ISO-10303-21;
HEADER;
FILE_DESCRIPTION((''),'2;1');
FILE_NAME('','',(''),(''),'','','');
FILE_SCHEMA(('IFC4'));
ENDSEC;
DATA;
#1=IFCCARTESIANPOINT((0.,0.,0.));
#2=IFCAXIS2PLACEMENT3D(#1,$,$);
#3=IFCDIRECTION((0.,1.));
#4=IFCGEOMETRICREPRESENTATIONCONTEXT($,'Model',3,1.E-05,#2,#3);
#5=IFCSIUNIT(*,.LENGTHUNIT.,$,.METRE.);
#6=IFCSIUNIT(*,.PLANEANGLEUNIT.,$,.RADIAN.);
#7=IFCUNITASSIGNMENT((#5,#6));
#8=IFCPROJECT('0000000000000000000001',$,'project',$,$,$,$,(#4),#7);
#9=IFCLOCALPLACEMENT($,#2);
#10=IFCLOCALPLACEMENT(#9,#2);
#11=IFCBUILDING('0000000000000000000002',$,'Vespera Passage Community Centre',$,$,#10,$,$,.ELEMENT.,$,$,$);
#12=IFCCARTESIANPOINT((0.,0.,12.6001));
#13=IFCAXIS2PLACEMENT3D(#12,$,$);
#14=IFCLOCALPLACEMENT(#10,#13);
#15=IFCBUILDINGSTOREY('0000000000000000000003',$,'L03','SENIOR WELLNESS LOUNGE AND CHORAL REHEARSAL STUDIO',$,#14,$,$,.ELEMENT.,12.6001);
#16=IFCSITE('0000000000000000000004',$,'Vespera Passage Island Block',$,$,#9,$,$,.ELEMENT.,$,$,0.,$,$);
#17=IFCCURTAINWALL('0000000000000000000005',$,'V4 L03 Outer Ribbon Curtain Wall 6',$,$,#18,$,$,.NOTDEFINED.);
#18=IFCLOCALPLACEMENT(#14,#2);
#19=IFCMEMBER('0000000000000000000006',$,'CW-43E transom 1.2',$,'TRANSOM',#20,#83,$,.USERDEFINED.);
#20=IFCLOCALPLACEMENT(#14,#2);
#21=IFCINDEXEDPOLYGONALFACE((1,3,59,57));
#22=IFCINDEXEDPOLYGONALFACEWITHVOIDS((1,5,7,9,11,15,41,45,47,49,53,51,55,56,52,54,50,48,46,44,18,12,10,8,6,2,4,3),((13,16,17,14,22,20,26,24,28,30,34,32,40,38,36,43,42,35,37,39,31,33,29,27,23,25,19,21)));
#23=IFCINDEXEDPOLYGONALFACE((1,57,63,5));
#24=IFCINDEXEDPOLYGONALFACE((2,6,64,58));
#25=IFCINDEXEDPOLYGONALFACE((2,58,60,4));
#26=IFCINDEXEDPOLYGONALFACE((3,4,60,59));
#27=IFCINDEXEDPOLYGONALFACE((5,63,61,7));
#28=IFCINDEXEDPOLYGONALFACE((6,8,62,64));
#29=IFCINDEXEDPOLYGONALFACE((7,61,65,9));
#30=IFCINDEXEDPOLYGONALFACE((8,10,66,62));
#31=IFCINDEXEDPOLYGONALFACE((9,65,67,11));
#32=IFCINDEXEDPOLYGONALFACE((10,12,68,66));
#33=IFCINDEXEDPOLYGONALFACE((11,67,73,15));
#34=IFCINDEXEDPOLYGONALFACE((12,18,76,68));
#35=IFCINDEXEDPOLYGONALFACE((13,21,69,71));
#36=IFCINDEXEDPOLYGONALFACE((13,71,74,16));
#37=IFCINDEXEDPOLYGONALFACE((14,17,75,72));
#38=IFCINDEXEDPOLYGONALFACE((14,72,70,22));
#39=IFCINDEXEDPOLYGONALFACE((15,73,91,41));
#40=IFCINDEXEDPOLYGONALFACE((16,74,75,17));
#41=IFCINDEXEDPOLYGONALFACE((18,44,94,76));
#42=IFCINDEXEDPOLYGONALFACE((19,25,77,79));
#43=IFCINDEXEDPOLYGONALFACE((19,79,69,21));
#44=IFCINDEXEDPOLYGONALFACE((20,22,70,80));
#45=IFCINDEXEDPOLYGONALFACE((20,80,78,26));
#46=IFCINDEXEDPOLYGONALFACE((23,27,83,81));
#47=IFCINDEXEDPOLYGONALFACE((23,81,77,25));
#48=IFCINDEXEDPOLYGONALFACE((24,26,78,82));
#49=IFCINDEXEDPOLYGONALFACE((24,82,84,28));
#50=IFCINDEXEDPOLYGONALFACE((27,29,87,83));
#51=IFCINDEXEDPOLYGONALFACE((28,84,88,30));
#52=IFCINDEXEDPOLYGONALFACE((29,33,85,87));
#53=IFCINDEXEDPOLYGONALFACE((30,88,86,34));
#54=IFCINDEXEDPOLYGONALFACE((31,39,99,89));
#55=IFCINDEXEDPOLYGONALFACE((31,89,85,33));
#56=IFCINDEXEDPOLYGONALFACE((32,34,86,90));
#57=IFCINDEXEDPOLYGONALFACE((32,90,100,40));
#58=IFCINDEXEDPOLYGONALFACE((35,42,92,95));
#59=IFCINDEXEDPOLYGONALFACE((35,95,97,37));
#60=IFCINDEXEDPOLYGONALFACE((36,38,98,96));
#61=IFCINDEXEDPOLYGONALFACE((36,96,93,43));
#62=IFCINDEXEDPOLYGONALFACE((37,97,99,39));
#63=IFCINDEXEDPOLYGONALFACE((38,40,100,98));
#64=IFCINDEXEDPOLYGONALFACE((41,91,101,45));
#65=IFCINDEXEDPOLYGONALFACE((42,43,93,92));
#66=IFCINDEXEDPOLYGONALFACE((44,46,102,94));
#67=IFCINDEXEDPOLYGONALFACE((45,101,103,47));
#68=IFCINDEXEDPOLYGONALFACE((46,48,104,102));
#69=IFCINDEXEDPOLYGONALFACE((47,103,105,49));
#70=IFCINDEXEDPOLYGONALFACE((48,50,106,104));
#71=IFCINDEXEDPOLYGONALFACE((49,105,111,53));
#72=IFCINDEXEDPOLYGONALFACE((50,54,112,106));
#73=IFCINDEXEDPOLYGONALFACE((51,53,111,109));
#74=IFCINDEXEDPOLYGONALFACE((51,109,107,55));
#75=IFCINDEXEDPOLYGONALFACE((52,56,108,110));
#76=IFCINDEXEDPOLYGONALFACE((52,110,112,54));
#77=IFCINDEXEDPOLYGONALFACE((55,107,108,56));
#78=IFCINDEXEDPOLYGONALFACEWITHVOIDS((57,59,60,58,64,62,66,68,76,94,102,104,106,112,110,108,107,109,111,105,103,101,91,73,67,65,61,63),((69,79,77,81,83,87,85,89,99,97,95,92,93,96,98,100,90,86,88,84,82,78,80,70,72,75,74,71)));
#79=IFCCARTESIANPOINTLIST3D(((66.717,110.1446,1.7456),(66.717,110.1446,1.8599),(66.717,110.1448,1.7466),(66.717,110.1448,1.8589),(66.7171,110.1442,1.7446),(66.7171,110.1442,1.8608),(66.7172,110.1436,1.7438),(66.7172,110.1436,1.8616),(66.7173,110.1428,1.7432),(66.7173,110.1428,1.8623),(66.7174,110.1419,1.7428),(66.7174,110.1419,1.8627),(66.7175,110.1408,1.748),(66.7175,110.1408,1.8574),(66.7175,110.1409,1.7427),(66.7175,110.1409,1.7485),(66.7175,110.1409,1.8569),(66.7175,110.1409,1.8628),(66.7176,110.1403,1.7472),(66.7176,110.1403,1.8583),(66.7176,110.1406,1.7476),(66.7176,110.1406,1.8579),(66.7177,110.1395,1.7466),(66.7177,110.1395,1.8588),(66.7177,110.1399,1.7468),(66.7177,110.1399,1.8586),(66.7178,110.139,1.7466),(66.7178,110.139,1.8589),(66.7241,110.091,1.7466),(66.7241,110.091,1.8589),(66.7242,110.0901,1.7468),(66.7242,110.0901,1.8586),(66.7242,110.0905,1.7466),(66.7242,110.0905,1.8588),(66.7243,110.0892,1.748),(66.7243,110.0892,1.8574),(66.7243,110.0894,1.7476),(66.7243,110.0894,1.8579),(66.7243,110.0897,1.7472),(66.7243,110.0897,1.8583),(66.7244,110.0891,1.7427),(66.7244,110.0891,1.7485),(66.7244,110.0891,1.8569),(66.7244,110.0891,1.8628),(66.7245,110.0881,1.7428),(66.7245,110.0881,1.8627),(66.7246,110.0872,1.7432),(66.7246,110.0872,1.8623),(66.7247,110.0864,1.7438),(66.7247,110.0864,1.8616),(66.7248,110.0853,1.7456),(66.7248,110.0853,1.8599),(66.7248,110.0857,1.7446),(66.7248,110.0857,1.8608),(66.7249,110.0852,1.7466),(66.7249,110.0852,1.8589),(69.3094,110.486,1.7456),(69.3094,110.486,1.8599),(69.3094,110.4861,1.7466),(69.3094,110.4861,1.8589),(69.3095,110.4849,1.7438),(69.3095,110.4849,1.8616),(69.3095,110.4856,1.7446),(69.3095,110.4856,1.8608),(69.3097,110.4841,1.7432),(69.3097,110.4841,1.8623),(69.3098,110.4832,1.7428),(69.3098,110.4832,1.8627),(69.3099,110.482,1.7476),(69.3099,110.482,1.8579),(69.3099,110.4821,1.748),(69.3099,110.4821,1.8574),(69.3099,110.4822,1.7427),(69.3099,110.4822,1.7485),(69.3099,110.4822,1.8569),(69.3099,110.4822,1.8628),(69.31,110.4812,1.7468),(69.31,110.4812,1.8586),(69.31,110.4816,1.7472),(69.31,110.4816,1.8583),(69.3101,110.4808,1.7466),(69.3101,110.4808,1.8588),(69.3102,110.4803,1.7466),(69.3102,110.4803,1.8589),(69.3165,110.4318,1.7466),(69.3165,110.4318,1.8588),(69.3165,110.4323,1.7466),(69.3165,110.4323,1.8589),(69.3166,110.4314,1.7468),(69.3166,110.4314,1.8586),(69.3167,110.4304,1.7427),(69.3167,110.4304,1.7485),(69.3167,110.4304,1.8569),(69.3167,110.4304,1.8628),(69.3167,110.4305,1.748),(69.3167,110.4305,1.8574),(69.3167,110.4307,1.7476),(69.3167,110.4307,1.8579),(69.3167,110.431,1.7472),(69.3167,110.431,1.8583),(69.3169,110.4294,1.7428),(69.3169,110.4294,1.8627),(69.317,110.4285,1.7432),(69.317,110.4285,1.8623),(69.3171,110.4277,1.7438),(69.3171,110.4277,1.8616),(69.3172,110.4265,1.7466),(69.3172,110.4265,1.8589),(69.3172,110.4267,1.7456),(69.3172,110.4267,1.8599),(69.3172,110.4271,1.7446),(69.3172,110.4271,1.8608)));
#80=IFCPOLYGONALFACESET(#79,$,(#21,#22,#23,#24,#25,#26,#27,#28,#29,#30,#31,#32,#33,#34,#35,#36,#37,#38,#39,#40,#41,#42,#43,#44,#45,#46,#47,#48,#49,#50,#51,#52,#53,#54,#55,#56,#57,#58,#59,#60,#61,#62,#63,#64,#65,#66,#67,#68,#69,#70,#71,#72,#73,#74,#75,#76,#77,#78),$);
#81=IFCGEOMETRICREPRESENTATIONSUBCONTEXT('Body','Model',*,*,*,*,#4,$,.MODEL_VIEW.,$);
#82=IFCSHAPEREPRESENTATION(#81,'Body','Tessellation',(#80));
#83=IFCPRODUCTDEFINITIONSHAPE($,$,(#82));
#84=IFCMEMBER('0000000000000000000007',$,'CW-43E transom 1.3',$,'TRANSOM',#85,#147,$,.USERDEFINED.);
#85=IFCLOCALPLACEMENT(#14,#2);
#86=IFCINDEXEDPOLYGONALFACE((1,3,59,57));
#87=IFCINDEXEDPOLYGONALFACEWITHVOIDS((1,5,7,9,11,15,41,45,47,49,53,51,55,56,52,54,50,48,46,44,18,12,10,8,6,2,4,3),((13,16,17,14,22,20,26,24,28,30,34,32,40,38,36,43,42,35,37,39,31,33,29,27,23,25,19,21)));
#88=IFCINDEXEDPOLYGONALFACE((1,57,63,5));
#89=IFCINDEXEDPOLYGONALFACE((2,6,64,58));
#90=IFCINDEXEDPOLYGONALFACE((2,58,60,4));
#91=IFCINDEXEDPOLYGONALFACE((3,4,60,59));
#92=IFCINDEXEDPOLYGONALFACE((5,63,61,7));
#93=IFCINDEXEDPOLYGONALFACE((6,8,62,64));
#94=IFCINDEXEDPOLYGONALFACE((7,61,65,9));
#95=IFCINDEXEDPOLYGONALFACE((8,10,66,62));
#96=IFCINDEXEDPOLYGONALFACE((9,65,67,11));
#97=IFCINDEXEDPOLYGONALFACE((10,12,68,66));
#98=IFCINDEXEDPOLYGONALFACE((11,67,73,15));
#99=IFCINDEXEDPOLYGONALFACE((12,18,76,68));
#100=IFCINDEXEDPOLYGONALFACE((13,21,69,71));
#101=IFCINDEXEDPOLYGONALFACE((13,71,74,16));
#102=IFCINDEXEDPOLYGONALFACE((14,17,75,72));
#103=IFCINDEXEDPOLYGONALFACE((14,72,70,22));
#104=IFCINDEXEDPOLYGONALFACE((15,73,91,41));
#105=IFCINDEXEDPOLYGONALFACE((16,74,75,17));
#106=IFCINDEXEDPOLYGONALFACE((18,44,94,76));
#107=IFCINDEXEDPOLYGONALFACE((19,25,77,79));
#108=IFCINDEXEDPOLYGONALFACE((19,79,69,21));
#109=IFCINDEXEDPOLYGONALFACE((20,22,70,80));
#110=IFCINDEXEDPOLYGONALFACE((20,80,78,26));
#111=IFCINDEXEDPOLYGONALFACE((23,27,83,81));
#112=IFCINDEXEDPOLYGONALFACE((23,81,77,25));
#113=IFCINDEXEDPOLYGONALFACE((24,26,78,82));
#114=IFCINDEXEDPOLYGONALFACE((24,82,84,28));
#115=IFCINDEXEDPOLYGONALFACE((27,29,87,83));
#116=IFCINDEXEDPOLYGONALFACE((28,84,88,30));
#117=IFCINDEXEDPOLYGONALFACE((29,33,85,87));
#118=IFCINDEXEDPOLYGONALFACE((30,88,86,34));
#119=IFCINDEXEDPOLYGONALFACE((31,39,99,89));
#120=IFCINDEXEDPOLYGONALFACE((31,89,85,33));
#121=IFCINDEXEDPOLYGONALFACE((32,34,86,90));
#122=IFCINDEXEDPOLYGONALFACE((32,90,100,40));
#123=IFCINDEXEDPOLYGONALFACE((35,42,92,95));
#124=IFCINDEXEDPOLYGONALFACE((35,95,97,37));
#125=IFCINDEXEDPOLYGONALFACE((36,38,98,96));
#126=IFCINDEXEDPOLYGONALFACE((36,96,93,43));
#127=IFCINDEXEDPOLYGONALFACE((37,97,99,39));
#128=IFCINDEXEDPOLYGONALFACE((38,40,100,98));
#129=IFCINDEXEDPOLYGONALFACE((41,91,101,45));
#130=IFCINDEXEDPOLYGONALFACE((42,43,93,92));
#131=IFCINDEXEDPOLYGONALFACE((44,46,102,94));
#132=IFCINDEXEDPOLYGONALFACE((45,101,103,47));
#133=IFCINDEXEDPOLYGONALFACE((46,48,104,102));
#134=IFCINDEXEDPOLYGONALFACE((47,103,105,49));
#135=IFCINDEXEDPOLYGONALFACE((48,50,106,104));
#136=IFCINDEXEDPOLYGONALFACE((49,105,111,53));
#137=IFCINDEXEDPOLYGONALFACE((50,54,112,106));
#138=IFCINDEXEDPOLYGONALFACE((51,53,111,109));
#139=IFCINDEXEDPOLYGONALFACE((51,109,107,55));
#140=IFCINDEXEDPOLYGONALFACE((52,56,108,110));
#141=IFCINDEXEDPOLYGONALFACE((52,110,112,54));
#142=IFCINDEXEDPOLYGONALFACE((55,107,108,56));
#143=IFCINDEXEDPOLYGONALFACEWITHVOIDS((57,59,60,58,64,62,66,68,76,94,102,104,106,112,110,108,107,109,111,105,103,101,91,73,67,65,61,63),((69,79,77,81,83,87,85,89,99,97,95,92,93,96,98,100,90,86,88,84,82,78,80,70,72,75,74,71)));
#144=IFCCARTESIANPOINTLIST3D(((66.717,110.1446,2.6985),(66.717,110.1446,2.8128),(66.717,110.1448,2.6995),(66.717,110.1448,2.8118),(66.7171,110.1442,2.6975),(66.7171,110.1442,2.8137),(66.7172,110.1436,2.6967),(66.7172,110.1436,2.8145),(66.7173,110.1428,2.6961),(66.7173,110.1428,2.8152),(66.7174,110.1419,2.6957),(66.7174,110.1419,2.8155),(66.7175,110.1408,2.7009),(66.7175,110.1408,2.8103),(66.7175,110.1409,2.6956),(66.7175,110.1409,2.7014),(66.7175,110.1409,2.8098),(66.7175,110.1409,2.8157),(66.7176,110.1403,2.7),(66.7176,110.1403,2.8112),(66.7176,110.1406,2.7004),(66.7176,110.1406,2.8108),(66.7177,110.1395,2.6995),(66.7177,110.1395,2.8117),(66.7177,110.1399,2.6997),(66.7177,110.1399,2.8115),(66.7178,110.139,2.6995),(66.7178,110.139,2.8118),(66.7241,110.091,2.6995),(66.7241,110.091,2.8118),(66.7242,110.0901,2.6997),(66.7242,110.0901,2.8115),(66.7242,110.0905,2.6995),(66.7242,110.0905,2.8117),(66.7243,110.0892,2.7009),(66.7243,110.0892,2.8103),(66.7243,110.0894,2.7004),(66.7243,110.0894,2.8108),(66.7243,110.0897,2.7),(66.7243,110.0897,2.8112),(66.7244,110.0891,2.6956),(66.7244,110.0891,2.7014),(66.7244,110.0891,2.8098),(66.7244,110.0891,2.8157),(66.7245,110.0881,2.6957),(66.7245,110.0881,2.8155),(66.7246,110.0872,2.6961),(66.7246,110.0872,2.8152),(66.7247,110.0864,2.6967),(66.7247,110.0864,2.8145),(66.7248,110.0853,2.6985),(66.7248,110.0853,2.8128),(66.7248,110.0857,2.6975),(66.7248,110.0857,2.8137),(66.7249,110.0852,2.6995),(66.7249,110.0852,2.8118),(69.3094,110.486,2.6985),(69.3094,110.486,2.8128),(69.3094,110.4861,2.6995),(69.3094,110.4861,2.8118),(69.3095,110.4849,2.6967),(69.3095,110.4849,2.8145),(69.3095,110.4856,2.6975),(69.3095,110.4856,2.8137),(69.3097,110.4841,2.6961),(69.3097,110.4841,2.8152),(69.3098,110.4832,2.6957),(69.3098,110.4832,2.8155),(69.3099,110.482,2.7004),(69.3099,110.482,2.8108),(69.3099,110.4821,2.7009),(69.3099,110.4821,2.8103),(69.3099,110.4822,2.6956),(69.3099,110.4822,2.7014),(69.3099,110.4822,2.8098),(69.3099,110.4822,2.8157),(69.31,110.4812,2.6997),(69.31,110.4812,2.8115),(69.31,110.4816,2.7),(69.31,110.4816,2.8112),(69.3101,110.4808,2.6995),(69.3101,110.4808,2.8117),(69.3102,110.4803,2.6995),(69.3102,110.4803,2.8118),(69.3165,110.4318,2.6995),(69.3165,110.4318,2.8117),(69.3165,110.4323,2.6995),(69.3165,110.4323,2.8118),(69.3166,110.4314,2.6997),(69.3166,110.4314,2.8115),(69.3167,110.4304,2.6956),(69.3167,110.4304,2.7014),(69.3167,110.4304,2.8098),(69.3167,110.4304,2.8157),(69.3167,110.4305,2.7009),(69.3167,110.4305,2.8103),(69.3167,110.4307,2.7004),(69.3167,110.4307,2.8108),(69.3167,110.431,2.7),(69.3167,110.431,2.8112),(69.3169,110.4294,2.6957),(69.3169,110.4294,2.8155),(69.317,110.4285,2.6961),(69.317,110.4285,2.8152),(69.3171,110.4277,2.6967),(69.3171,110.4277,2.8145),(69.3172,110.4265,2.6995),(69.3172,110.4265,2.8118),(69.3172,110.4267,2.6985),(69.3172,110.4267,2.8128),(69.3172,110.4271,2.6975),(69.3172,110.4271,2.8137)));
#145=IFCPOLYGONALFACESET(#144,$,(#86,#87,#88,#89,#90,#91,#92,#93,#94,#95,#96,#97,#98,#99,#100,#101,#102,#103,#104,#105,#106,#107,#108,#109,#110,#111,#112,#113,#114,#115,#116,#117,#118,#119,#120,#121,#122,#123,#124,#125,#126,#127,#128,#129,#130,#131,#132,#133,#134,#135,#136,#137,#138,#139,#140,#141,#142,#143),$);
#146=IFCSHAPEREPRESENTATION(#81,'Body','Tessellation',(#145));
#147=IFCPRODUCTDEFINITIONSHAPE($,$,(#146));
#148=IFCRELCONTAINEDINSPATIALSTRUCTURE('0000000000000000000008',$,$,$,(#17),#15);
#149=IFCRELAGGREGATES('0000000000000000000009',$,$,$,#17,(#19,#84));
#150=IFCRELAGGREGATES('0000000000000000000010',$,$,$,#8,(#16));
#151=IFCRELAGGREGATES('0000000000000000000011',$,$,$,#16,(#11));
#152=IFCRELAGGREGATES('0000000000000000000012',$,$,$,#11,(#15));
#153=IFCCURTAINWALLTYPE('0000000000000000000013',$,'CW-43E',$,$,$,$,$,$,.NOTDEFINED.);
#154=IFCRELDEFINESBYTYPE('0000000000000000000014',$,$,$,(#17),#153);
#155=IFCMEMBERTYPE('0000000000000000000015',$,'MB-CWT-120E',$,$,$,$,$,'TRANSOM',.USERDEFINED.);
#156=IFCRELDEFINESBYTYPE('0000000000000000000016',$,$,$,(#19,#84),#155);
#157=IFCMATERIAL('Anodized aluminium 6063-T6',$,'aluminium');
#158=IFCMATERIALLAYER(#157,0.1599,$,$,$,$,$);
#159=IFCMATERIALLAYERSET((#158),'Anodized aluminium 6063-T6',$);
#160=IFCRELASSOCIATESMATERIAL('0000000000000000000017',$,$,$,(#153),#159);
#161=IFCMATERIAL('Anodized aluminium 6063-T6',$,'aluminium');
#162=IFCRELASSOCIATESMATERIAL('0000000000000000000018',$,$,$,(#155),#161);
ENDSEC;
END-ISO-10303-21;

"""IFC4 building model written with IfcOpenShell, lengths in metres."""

from ifc_helpers import new_model, si_unit, direction, frame, origin, origin_2d, place, context, subcontext, project, spatial, hollow_rectangle, extrude, material, layer, layer_set, material_profile, profile_set, type_object, element, aggregate, save


model = new_model("IFC4")

# Units and contexts
model_context = context("Model", 3, precision=1e-05, world=origin(), true_north=direction((0.0, 1.0)))
body_context = subcontext(model_context, "Body", "Model", "MODEL_VIEW")
ifc_project = project(units=[si_unit("LENGTHUNIT", "METRE"), si_unit("PLANEANGLEUNIT", "RADIAN")], contexts=[model_context])

# Site, building, storey
site_placement = place(None, origin())
site = spatial("IfcSite", under=ifc_project, at=site_placement, Name="Vespera Passage Island Block", CompositionType="ELEMENT", RefElevation=0.0)
building_placement = place(site_placement, origin())
building = spatial("IfcBuilding", under=site, at=building_placement, Name="Vespera Passage Community Centre", CompositionType="ELEMENT")
storey_placement = place(building_placement, frame((0.0, 0.0, 12.6001)))
storey = spatial("IfcBuildingStorey", under=building, at=storey_placement, Name="L03", Description="SENIOR WELLNESS LOUNGE AND CHORAL REHEARSAL STUDIO", CompositionType="ELEMENT", Elevation=12.6001)

# Curtain wall
ifc_material_1 = material(Name="Anodized aluminium 6063-T6", Category="aluminium")
ifc_layer_1 = layer(ifc_material_1, 0.1599)
ifc_layer_set_1 = layer_set([ifc_layer_1], Name="Anodized aluminium 6063-T6")
curtain_wall_type_1 = type_object("IfcCurtainWallType", Name="CW-43E", PredefinedType="NOTDEFINED", material=ifc_layer_set_1)
curtain_wall_1_placement = place(storey_placement, origin())
curtain_wall_1 = element("IfcCurtainWall", 1, at=curtain_wall_1_placement, inside=storey, type_object=curtain_wall_type_1, Name="V4 L03 Outer Ribbon Curtain Wall 6", PredefinedType="NOTDEFINED")

# Members
ifc_material_2 = material(Name="Anodized aluminium 6063-T6", Category="aluminium")
ifc_material_profile_1 = material_profile(ifc_material_2, hollow_rectangle(XDim=0.0601, YDim=0.1201, WallThickness=0.0039, InnerFilletRadius=0.002, OuterFilletRadius=0.0039, at=origin_2d()), Name="ALU120X60X4")
ifc_profile_set_1 = profile_set([ifc_material_profile_1], Name="Anodized aluminium 6063-T6")
member_type_1 = type_object("IfcMemberType", Name="MB-CWT-120E", ElementType="TRANSOM", PredefinedType="USERDEFINED", material=ifc_profile_set_1)
member_1_placement = place(storey_placement, frame((66.7209, 110.115, 1.8027), z_axis=(0.991443, 0.130537, 0.0), x_axis=(-0.130537, 0.991443, 0.0)))
member_1 = element("IfcMember", 2, at=member_1_placement, type_object=member_type_1, Name="CW-43E transom 1.2", ObjectType="TRANSOM", PredefinedType="USERDEFINED", context=body_context, shape_type="SweptSolid", body=[
    extrude(hollow_rectangle(XDim=0.0601, YDim=0.1201, WallThickness=0.0039, InnerFilletRadius=0.002, OuterFilletRadius=0.0039, at=origin_2d()), origin(), (0.0, 0.0, 1.0), 2.6147),
])
member_2_placement = place(storey_placement, frame((66.7209, 110.115, 2.7556), z_axis=(0.991443, 0.130537, 0.0), x_axis=(-0.130537, 0.991443, 0.0)))
member_2 = element("IfcMember", 3, at=member_2_placement, type_object=member_type_1, Name="CW-43E transom 1.3", ObjectType="TRANSOM", PredefinedType="USERDEFINED", context=body_context, shape_type="SweptSolid", body=[
    extrude(hollow_rectangle(XDim=0.0601, YDim=0.1201, WallThickness=0.0039, InnerFilletRadius=0.002, OuterFilletRadius=0.0039, at=origin_2d()), origin(), (0.0, 0.0, 1.0), 2.6147),
])

aggregate(curtain_wall_1, [member_1, member_2])

save(model, "model.ifc")
